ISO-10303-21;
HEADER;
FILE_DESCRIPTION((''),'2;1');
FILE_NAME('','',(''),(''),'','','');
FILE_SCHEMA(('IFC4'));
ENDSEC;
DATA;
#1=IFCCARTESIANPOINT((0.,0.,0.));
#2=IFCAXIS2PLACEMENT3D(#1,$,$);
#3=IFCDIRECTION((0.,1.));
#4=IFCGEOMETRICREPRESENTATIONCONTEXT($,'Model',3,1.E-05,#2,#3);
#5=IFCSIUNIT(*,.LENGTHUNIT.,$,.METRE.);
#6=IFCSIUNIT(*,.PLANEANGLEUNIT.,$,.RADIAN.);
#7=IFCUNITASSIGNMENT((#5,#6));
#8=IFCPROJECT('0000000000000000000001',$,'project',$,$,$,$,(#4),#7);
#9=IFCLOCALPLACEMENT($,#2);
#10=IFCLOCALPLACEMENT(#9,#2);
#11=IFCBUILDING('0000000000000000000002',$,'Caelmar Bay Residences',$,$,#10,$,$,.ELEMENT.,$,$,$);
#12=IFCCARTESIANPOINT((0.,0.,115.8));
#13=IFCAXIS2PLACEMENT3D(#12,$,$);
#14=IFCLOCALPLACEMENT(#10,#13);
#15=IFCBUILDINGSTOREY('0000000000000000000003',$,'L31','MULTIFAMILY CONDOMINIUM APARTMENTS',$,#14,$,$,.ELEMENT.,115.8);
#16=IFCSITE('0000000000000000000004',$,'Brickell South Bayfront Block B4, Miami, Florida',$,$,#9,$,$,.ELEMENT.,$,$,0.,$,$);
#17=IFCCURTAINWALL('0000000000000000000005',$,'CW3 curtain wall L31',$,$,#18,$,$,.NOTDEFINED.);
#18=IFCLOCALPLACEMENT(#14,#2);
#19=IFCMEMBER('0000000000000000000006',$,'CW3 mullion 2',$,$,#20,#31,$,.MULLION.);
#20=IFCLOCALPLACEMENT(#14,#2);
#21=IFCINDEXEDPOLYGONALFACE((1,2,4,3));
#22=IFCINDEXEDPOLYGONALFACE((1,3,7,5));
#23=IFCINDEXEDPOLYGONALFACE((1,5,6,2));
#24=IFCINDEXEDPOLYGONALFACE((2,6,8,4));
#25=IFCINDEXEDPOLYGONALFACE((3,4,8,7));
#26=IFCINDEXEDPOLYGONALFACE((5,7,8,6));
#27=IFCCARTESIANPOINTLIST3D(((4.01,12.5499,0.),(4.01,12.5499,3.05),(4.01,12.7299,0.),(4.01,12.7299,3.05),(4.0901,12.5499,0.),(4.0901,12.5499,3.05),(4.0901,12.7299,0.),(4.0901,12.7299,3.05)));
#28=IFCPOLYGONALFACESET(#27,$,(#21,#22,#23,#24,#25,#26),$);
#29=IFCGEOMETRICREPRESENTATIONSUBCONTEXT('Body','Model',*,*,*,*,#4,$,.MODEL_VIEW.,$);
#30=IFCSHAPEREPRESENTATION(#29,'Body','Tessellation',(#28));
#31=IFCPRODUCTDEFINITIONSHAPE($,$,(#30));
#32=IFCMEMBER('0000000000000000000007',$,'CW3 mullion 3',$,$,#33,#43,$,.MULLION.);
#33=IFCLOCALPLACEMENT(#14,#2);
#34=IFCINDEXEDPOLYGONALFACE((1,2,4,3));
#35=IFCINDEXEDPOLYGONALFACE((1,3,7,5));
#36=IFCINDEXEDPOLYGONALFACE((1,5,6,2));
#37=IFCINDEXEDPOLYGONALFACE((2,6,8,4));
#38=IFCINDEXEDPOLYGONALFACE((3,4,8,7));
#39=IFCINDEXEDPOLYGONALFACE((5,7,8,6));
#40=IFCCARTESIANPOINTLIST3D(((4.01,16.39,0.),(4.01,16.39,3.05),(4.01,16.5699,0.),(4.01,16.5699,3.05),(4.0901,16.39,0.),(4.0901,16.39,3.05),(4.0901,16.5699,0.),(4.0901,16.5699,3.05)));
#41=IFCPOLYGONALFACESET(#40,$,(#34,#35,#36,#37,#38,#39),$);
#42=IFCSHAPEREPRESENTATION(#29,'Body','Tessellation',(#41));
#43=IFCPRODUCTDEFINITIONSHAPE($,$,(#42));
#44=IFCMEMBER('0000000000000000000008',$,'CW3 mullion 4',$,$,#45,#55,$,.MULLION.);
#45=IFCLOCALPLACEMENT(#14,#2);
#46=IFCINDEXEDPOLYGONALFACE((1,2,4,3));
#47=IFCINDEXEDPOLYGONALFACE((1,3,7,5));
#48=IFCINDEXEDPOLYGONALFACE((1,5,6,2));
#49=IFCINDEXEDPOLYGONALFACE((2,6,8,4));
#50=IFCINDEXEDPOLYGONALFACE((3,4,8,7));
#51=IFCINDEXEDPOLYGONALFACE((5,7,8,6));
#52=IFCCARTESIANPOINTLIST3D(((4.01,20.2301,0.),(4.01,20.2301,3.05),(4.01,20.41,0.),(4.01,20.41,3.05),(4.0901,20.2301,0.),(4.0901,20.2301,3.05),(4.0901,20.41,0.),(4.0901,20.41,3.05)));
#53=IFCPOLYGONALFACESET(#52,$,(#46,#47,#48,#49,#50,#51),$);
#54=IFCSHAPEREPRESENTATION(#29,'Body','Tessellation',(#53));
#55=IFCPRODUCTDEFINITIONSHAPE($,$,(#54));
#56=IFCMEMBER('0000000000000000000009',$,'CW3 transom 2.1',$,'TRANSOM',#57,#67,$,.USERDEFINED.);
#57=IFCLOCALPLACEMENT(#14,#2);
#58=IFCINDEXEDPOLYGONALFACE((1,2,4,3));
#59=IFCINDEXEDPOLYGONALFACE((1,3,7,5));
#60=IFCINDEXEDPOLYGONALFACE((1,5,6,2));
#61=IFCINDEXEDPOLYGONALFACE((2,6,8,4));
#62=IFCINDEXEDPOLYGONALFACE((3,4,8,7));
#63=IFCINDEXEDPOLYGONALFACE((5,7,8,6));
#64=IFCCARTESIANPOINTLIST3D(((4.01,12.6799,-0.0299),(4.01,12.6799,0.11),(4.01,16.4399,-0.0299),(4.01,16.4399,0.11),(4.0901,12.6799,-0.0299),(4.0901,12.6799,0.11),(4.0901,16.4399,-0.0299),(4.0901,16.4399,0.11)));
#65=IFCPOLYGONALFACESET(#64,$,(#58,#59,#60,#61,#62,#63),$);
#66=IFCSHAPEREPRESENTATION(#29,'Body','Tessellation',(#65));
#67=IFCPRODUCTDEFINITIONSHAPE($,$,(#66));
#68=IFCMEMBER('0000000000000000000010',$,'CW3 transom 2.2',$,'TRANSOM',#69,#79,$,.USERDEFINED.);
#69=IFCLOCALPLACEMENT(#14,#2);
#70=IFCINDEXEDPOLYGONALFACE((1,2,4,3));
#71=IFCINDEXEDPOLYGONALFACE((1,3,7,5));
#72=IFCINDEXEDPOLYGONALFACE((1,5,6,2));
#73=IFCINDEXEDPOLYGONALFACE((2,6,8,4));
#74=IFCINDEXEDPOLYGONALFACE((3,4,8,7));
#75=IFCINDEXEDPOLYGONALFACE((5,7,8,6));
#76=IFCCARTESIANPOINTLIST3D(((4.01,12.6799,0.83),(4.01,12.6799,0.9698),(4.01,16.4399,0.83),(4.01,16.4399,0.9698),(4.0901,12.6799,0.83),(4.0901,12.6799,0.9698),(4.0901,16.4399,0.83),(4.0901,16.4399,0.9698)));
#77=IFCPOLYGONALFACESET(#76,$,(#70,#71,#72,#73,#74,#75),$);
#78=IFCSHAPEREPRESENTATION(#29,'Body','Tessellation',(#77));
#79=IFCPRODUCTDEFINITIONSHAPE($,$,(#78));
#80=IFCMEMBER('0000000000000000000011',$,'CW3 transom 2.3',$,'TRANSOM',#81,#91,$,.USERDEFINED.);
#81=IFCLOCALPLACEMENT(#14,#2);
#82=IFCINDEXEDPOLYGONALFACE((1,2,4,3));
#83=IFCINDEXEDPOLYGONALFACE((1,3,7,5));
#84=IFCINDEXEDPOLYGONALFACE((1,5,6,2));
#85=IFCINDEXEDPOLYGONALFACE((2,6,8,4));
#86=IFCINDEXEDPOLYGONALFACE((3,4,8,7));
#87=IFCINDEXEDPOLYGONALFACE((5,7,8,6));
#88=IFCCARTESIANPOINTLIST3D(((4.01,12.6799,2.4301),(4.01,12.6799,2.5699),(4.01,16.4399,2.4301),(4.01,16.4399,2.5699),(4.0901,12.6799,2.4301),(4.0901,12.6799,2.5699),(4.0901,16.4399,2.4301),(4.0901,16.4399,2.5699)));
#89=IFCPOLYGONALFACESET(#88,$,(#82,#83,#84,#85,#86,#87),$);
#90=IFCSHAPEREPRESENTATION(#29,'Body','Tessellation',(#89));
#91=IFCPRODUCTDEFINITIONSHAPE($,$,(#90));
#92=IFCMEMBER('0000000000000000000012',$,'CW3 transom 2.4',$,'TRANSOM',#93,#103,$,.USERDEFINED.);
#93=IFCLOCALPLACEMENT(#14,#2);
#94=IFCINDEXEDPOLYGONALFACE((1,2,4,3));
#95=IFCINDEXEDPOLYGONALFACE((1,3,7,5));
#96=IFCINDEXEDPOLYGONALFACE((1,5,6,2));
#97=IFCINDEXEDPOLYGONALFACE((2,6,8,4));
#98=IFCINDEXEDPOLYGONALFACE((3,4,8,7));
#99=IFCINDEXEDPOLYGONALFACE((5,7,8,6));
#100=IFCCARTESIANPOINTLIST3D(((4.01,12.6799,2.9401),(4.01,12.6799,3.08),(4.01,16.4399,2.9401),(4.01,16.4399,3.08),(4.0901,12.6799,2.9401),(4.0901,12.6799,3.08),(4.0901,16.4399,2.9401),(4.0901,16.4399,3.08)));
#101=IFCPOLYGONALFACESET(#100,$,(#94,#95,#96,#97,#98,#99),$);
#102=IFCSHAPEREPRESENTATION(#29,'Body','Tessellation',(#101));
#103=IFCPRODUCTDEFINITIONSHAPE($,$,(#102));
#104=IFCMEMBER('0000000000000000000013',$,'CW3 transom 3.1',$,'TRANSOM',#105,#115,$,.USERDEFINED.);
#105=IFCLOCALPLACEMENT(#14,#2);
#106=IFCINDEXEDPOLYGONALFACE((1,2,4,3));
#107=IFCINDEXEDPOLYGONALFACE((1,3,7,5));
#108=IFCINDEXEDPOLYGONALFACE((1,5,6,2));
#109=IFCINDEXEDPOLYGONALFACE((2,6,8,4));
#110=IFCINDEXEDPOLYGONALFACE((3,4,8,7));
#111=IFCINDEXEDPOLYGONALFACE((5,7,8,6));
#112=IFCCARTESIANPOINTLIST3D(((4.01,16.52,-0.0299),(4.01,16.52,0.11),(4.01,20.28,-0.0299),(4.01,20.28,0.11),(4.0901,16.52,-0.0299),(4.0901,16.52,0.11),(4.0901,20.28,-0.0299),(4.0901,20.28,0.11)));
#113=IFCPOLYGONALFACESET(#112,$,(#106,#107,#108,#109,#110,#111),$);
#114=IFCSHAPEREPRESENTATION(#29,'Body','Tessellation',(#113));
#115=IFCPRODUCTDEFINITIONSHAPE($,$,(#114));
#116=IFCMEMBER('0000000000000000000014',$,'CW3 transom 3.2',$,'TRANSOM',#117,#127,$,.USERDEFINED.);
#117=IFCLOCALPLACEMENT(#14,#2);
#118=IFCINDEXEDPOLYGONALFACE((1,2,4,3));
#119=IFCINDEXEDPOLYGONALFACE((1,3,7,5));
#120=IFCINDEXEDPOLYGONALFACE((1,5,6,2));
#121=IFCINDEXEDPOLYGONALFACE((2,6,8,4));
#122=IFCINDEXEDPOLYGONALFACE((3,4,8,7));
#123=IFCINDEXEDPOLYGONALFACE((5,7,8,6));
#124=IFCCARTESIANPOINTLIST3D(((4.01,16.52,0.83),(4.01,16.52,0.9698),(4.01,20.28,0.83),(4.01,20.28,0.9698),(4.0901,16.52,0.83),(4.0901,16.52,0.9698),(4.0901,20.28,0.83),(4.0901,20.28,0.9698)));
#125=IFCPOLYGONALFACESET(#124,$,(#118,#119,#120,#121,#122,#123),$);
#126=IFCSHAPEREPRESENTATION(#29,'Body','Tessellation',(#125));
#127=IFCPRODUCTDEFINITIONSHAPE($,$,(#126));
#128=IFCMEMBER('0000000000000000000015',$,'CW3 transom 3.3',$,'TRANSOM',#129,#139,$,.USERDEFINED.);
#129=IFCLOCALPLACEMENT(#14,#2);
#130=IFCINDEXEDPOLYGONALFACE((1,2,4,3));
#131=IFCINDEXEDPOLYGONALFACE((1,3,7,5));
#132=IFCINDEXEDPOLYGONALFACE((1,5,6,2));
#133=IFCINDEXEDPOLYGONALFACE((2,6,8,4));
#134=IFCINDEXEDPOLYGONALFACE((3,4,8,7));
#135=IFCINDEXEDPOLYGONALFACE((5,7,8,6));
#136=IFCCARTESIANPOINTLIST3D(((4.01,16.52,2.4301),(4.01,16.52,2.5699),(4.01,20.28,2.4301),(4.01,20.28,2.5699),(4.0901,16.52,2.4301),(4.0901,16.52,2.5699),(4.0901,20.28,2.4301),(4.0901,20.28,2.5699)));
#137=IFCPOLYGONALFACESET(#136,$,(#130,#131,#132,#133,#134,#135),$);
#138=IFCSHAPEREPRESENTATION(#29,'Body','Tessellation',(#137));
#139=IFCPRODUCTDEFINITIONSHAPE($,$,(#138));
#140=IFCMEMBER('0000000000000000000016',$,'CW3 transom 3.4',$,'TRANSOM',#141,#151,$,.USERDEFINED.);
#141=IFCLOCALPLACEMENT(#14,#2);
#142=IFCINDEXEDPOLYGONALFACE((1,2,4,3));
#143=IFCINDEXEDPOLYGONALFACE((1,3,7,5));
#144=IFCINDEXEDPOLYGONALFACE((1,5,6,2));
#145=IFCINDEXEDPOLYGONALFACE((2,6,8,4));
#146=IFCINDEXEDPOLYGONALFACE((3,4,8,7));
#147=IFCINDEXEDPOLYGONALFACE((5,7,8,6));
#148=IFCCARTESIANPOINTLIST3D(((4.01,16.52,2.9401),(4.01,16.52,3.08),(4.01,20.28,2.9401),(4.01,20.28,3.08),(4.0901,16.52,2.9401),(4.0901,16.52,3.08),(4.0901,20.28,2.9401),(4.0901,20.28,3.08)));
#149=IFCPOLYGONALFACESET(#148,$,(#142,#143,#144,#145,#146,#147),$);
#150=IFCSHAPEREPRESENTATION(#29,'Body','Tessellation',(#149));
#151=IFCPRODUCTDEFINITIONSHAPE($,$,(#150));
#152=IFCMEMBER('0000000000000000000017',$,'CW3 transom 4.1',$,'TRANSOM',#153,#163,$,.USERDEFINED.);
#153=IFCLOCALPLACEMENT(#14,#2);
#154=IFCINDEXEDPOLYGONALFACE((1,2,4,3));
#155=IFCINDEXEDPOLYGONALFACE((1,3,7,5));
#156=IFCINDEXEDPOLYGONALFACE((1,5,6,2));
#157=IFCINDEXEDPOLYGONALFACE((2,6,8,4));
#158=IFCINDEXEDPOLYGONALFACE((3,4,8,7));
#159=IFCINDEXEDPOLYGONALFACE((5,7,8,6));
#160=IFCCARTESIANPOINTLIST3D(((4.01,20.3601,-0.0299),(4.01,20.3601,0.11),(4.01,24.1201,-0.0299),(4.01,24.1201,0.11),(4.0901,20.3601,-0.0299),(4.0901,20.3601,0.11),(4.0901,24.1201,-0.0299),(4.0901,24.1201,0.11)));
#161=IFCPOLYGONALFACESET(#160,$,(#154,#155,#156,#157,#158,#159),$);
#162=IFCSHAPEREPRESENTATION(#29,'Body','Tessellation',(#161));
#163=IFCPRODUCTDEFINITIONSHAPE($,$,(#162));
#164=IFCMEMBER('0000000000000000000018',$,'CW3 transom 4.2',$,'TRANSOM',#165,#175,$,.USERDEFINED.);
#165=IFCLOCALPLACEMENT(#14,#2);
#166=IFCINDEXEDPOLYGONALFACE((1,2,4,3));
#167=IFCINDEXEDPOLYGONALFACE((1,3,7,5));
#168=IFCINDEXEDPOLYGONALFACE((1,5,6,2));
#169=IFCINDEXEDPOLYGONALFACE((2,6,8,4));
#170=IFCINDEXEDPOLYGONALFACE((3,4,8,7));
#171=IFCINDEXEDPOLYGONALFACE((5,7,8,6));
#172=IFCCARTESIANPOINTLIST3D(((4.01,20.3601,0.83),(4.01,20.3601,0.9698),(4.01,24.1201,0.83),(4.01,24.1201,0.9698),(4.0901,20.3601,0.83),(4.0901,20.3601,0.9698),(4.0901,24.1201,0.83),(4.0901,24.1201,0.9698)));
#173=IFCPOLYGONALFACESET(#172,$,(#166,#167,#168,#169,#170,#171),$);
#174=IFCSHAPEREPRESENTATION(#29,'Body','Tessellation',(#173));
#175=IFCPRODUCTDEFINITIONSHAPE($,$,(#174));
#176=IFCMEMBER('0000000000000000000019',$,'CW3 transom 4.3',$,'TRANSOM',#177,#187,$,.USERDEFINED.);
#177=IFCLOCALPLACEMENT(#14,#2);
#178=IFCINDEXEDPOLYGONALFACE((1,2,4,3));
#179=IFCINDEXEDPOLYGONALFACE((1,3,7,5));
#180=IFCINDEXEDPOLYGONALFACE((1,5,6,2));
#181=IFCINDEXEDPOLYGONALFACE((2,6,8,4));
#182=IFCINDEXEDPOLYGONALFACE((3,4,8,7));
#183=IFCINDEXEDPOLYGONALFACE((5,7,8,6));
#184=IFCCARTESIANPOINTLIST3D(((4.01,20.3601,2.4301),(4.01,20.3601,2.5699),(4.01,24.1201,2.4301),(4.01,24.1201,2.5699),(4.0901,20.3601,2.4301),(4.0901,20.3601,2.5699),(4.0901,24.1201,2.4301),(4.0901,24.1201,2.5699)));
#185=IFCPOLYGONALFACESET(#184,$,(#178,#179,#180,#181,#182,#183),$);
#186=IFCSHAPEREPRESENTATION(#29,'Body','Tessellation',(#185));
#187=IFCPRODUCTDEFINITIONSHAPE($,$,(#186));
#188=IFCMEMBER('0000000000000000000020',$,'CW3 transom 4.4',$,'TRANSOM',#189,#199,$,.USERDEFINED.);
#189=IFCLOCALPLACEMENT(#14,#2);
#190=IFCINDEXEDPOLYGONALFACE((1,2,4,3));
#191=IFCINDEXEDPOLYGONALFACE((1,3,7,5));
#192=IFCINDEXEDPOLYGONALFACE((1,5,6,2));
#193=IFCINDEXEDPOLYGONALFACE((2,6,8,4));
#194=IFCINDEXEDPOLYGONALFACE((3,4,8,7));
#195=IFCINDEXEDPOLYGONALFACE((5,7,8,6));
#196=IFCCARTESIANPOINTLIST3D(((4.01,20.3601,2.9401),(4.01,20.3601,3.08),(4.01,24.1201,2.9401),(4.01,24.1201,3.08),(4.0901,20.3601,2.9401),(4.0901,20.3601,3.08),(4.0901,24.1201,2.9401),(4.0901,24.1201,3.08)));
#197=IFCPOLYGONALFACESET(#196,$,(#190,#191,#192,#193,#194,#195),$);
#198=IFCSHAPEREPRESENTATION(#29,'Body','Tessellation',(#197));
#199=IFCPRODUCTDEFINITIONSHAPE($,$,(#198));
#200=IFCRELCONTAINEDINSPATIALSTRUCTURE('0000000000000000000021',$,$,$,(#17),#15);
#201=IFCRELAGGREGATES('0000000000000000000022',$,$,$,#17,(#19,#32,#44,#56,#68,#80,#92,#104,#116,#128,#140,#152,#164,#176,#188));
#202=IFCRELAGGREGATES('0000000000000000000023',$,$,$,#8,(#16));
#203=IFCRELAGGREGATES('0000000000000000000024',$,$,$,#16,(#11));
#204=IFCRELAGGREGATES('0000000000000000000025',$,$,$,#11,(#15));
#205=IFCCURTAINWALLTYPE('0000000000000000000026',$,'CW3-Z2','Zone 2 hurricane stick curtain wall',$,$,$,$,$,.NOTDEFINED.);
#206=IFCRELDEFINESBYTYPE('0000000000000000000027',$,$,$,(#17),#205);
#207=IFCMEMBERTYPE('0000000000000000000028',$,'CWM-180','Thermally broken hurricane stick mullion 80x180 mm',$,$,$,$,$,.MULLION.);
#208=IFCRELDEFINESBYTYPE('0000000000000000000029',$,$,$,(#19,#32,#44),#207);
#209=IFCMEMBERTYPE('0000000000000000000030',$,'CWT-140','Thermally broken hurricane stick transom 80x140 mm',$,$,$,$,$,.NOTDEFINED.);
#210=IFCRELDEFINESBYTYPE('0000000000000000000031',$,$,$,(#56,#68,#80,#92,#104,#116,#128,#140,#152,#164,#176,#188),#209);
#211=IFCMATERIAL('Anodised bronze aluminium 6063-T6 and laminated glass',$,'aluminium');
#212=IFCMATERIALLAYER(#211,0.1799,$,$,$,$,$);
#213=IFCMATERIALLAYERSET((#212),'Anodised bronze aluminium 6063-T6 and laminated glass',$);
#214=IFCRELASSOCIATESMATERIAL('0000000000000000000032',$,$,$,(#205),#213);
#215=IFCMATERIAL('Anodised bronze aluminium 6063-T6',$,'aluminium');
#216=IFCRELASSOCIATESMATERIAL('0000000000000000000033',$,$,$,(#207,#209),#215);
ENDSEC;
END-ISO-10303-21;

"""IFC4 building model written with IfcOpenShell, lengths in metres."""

from ifc_helpers import new_model, si_unit, direction, frame, origin, origin_2d, place, context, subcontext, project, spatial, rectangle, extrude, material, layer, layer_set, material_profile, profile_set, type_object, element, aggregate, save


model = new_model("IFC4")

# Units and contexts
model_context = context("Model", 3, precision=1e-05, world=origin(), true_north=direction((0.0, 1.0)))
body_context = subcontext(model_context, "Body", "Model", "MODEL_VIEW")
ifc_project = project(units=[si_unit("LENGTHUNIT", "METRE"), si_unit("PLANEANGLEUNIT", "RADIAN")], contexts=[model_context])

# Site, building, storey
site_placement = place(None, origin())
site = spatial("IfcSite", under=ifc_project, at=site_placement, Name="Brickell South Bayfront Block B4, Miami, Florida", CompositionType="ELEMENT", RefElevation=0.0)
building_placement = place(site_placement, origin())
building = spatial("IfcBuilding", under=site, at=building_placement, Name="Caelmar Bay Residences", CompositionType="ELEMENT")
storey_placement = place(building_placement, frame((0.0, 0.0, 115.8)))
storey = spatial("IfcBuildingStorey", under=building, at=storey_placement, Name="L31", Description="MULTIFAMILY CONDOMINIUM APARTMENTS", CompositionType="ELEMENT", Elevation=115.8)

# Curtain wall, members
ifc_material_1 = material(Name="Anodised bronze aluminium 6063-T6 and laminated glass", Category="aluminium")
ifc_layer_1 = layer(ifc_material_1, 0.1799)
ifc_layer_set_1 = layer_set([ifc_layer_1], Name="Anodised bronze aluminium 6063-T6 and laminated glass")
curtain_wall_type = type_object("IfcCurtainWallType", Name="CW3-Z2", Description="Zone 2 hurricane stick curtain wall", PredefinedType="NOTDEFINED", material=ifc_layer_set_1)
curtain_wall_placement = place(storey_placement, origin())
curtain_wall = element("IfcCurtainWall", 1, at=curtain_wall_placement, inside=storey, type_object=curtain_wall_type, Name="CW3 curtain wall L31", PredefinedType="NOTDEFINED")
ifc_material_2 = material(Name="Anodised bronze aluminium 6063-T6", Category="aluminium")
ifc_material_profile_1 = material_profile(ifc_material_2, rectangle(XDim=0.0801, YDim=0.1799, at=origin_2d()), Name="CWM-80X180")
ifc_profile_set_1 = profile_set([ifc_material_profile_1], Name="Anodised bronze aluminium 6063-T6")
member_type_1 = type_object("IfcMemberType", Name="CWM-180", Description="Thermally broken hurricane stick mullion 80x180 mm", PredefinedType="MULLION", material=ifc_profile_set_1)
member_1_placement = place(storey_placement, frame((4.05, 12.6399, 0.0), z_axis=(0.0, 0.0, 1.0), x_axis=(-1.0, 0.0, 0.0)))
member_1 = element("IfcMember", 2, at=member_1_placement, type_object=member_type_1, Name="CW3 mullion 2", PredefinedType="MULLION", context=body_context, shape_type="SweptSolid", body=[
    extrude(rectangle(XDim=0.0801, YDim=0.1799, at=origin_2d()), origin(), (0.0, 0.0, 1.0), 3.05),
])
member_2_placement = place(storey_placement, frame((4.05, 16.48, 0.0), z_axis=(0.0, 0.0, 1.0), x_axis=(-1.0, 0.0, 0.0)))
member_2 = element("IfcMember", 3, at=member_2_placement, type_object=member_type_1, Name="CW3 mullion 3", PredefinedType="MULLION", context=body_context, shape_type="SweptSolid", body=[
    extrude(rectangle(XDim=0.0801, YDim=0.1799, at=origin_2d()), origin(), (0.0, 0.0, 1.0), 3.05),
])
member_3_placement = place(storey_placement, frame((4.05, 20.3201, 0.0), z_axis=(0.0, 0.0, 1.0), x_axis=(-1.0, 0.0, 0.0)))
member_3 = element("IfcMember", 4, at=member_3_placement, type_object=member_type_1, Name="CW3 mullion 4", PredefinedType="MULLION", context=body_context, shape_type="SweptSolid", body=[
    extrude(rectangle(XDim=0.0801, YDim=0.1799, at=origin_2d()), origin(), (0.0, 0.0, 1.0), 3.05),
])
ifc_material_profile_2 = material_profile(ifc_material_2, rectangle(XDim=0.0801, YDim=0.1399, at=origin_2d()), Name="CWT-80X140")
ifc_profile_set_2 = profile_set([ifc_material_profile_2], Name="Anodised bronze aluminium 6063-T6")
member_type_2 = type_object("IfcMemberType", Name="CWT-140", Description="Thermally broken hurricane stick transom 80x140 mm", PredefinedType="NOTDEFINED", material=ifc_profile_set_2)
member_4_placement = place(storey_placement, frame((4.05, 12.6799, 0.04), z_axis=(0.0, 1.0, 0.0), x_axis=(-1.0, 0.0, 0.0)))
member_4 = element("IfcMember", 5, at=member_4_placement, type_object=member_type_2, Name="CW3 transom 2.1", ObjectType="TRANSOM", PredefinedType="USERDEFINED", context=body_context, shape_type="SweptSolid", body=[
    extrude(rectangle(XDim=0.0801, YDim=0.1399, at=origin_2d()), origin(), (0.0, 0.0, 1.0), 3.76),
])
member_5_placement = place(storey_placement, frame((4.05, 12.6799, 0.8999), z_axis=(0.0, 1.0, 0.0), x_axis=(-1.0, 0.0, 0.0)))
member_5 = element("IfcMember", 6, at=member_5_placement, type_object=member_type_2, Name="CW3 transom 2.2", ObjectType="TRANSOM", PredefinedType="USERDEFINED", context=body_context, shape_type="SweptSolid", body=[
    extrude(rectangle(XDim=0.0801, YDim=0.1399, at=origin_2d()), origin(), (0.0, 0.0, 1.0), 3.76),
])
member_6_placement = place(storey_placement, frame((4.05, 12.6799, 2.5), z_axis=(0.0, 1.0, 0.0), x_axis=(-1.0, 0.0, 0.0)))
member_6 = element("IfcMember", 7, at=member_6_placement, type_object=member_type_2, Name="CW3 transom 2.3", ObjectType="TRANSOM", PredefinedType="USERDEFINED", context=body_context, shape_type="SweptSolid", body=[
    extrude(rectangle(XDim=0.0801, YDim=0.1399, at=origin_2d()), origin(), (0.0, 0.0, 1.0), 3.76),
])
member_7_placement = place(storey_placement, frame((4.05, 12.6799, 3.01), z_axis=(0.0, 1.0, 0.0), x_axis=(-1.0, 0.0, 0.0)))
member_7 = element("IfcMember", 8, at=member_7_placement, type_object=member_type_2, Name="CW3 transom 2.4", ObjectType="TRANSOM", PredefinedType="USERDEFINED", context=body_context, shape_type="SweptSolid", body=[
    extrude(rectangle(XDim=0.0801, YDim=0.1399, at=origin_2d()), origin(), (0.0, 0.0, 1.0), 3.76),
])
member_8_placement = place(storey_placement, frame((4.05, 16.52, 0.04), z_axis=(0.0, 1.0, 0.0), x_axis=(-1.0, 0.0, 0.0)))
member_8 = element("IfcMember", 9, at=member_8_placement, type_object=member_type_2, Name="CW3 transom 3.1", ObjectType="TRANSOM", PredefinedType="USERDEFINED", context=body_context, shape_type="SweptSolid", body=[
    extrude(rectangle(XDim=0.0801, YDim=0.1399, at=origin_2d()), origin(), (0.0, 0.0, 1.0), 3.76),
])
member_9_placement = place(storey_placement, frame((4.05, 16.52, 0.8999), z_axis=(0.0, 1.0, 0.0), x_axis=(-1.0, 0.0, 0.0)))
member_9 = element("IfcMember", 10, at=member_9_placement, type_object=member_type_2, Name="CW3 transom 3.2", ObjectType="TRANSOM", PredefinedType="USERDEFINED", context=body_context, shape_type="SweptSolid", body=[
    extrude(rectangle(XDim=0.0801, YDim=0.1399, at=origin_2d()), origin(), (0.0, 0.0, 1.0), 3.76),
])
member_10_placement = place(storey_placement, frame((4.05, 16.52, 2.5), z_axis=(0.0, 1.0, 0.0), x_axis=(-1.0, 0.0, 0.0)))
member_10 = element("IfcMember", 11, at=member_10_placement, type_object=member_type_2, Name="CW3 transom 3.3", ObjectType="TRANSOM", PredefinedType="USERDEFINED", context=body_context, shape_type="SweptSolid", body=[
    extrude(rectangle(XDim=0.0801, YDim=0.1399, at=origin_2d()), origin(), (0.0, 0.0, 1.0), 3.76),
])
member_11_placement = place(storey_placement, frame((4.05, 16.52, 3.01), z_axis=(0.0, 1.0, 0.0), x_axis=(-1.0, 0.0, 0.0)))
member_11 = element("IfcMember", 12, at=member_11_placement, type_object=member_type_2, Name="CW3 transom 3.4", ObjectType="TRANSOM", PredefinedType="USERDEFINED", context=body_context, shape_type="SweptSolid", body=[
    extrude(rectangle(XDim=0.0801, YDim=0.1399, at=origin_2d()), origin(), (0.0, 0.0, 1.0), 3.76),
])
member_12_placement = place(storey_placement, frame((4.05, 20.3601, 0.04), z_axis=(0.0, 1.0, 0.0), x_axis=(-1.0, 0.0, 0.0)))
member_12 = element("IfcMember", 13, at=member_12_placement, type_object=member_type_2, Name="CW3 transom 4.1", ObjectType="TRANSOM", PredefinedType="USERDEFINED", context=body_context, shape_type="SweptSolid", body=[
    extrude(rectangle(XDim=0.0801, YDim=0.1399, at=origin_2d()), origin(), (0.0, 0.0, 1.0), 3.76),
])
member_13_placement = place(storey_placement, frame((4.05, 20.3601, 0.8999), z_axis=(0.0, 1.0, 0.0), x_axis=(-1.0, 0.0, 0.0)))
member_13 = element("IfcMember", 14, at=member_13_placement, type_object=member_type_2, Name="CW3 transom 4.2", ObjectType="TRANSOM", PredefinedType="USERDEFINED", context=body_context, shape_type="SweptSolid", body=[
    extrude(rectangle(XDim=0.0801, YDim=0.1399, at=origin_2d()), origin(), (0.0, 0.0, 1.0), 3.76),
])
member_14_placement = place(storey_placement, frame((4.05, 20.3601, 2.5), z_axis=(0.0, 1.0, 0.0), x_axis=(-1.0, 0.0, 0.0)))
member_14 = element("IfcMember", 15, at=member_14_placement, type_object=member_type_2, Name="CW3 transom 4.3", ObjectType="TRANSOM", PredefinedType="USERDEFINED", context=body_context, shape_type="SweptSolid", body=[
    extrude(rectangle(XDim=0.0801, YDim=0.1399, at=origin_2d()), origin(), (0.0, 0.0, 1.0), 3.76),
])
member_15_placement = place(storey_placement, frame((4.05, 20.3601, 3.01), z_axis=(0.0, 1.0, 0.0), x_axis=(-1.0, 0.0, 0.0)))
member_15 = element("IfcMember", 16, at=member_15_placement, type_object=member_type_2, Name="CW3 transom 4.4", ObjectType="TRANSOM", PredefinedType="USERDEFINED", context=body_context, shape_type="SweptSolid", body=[
    extrude(rectangle(XDim=0.0801, YDim=0.1399, at=origin_2d()), origin(), (0.0, 0.0, 1.0), 3.76),
])
aggregate(curtain_wall, [member_1, member_2, member_3, member_4, member_5, member_6, member_7, member_8, member_9, member_10, member_11, member_12, member_13, member_14, member_15])

save(model, "model.ifc")
